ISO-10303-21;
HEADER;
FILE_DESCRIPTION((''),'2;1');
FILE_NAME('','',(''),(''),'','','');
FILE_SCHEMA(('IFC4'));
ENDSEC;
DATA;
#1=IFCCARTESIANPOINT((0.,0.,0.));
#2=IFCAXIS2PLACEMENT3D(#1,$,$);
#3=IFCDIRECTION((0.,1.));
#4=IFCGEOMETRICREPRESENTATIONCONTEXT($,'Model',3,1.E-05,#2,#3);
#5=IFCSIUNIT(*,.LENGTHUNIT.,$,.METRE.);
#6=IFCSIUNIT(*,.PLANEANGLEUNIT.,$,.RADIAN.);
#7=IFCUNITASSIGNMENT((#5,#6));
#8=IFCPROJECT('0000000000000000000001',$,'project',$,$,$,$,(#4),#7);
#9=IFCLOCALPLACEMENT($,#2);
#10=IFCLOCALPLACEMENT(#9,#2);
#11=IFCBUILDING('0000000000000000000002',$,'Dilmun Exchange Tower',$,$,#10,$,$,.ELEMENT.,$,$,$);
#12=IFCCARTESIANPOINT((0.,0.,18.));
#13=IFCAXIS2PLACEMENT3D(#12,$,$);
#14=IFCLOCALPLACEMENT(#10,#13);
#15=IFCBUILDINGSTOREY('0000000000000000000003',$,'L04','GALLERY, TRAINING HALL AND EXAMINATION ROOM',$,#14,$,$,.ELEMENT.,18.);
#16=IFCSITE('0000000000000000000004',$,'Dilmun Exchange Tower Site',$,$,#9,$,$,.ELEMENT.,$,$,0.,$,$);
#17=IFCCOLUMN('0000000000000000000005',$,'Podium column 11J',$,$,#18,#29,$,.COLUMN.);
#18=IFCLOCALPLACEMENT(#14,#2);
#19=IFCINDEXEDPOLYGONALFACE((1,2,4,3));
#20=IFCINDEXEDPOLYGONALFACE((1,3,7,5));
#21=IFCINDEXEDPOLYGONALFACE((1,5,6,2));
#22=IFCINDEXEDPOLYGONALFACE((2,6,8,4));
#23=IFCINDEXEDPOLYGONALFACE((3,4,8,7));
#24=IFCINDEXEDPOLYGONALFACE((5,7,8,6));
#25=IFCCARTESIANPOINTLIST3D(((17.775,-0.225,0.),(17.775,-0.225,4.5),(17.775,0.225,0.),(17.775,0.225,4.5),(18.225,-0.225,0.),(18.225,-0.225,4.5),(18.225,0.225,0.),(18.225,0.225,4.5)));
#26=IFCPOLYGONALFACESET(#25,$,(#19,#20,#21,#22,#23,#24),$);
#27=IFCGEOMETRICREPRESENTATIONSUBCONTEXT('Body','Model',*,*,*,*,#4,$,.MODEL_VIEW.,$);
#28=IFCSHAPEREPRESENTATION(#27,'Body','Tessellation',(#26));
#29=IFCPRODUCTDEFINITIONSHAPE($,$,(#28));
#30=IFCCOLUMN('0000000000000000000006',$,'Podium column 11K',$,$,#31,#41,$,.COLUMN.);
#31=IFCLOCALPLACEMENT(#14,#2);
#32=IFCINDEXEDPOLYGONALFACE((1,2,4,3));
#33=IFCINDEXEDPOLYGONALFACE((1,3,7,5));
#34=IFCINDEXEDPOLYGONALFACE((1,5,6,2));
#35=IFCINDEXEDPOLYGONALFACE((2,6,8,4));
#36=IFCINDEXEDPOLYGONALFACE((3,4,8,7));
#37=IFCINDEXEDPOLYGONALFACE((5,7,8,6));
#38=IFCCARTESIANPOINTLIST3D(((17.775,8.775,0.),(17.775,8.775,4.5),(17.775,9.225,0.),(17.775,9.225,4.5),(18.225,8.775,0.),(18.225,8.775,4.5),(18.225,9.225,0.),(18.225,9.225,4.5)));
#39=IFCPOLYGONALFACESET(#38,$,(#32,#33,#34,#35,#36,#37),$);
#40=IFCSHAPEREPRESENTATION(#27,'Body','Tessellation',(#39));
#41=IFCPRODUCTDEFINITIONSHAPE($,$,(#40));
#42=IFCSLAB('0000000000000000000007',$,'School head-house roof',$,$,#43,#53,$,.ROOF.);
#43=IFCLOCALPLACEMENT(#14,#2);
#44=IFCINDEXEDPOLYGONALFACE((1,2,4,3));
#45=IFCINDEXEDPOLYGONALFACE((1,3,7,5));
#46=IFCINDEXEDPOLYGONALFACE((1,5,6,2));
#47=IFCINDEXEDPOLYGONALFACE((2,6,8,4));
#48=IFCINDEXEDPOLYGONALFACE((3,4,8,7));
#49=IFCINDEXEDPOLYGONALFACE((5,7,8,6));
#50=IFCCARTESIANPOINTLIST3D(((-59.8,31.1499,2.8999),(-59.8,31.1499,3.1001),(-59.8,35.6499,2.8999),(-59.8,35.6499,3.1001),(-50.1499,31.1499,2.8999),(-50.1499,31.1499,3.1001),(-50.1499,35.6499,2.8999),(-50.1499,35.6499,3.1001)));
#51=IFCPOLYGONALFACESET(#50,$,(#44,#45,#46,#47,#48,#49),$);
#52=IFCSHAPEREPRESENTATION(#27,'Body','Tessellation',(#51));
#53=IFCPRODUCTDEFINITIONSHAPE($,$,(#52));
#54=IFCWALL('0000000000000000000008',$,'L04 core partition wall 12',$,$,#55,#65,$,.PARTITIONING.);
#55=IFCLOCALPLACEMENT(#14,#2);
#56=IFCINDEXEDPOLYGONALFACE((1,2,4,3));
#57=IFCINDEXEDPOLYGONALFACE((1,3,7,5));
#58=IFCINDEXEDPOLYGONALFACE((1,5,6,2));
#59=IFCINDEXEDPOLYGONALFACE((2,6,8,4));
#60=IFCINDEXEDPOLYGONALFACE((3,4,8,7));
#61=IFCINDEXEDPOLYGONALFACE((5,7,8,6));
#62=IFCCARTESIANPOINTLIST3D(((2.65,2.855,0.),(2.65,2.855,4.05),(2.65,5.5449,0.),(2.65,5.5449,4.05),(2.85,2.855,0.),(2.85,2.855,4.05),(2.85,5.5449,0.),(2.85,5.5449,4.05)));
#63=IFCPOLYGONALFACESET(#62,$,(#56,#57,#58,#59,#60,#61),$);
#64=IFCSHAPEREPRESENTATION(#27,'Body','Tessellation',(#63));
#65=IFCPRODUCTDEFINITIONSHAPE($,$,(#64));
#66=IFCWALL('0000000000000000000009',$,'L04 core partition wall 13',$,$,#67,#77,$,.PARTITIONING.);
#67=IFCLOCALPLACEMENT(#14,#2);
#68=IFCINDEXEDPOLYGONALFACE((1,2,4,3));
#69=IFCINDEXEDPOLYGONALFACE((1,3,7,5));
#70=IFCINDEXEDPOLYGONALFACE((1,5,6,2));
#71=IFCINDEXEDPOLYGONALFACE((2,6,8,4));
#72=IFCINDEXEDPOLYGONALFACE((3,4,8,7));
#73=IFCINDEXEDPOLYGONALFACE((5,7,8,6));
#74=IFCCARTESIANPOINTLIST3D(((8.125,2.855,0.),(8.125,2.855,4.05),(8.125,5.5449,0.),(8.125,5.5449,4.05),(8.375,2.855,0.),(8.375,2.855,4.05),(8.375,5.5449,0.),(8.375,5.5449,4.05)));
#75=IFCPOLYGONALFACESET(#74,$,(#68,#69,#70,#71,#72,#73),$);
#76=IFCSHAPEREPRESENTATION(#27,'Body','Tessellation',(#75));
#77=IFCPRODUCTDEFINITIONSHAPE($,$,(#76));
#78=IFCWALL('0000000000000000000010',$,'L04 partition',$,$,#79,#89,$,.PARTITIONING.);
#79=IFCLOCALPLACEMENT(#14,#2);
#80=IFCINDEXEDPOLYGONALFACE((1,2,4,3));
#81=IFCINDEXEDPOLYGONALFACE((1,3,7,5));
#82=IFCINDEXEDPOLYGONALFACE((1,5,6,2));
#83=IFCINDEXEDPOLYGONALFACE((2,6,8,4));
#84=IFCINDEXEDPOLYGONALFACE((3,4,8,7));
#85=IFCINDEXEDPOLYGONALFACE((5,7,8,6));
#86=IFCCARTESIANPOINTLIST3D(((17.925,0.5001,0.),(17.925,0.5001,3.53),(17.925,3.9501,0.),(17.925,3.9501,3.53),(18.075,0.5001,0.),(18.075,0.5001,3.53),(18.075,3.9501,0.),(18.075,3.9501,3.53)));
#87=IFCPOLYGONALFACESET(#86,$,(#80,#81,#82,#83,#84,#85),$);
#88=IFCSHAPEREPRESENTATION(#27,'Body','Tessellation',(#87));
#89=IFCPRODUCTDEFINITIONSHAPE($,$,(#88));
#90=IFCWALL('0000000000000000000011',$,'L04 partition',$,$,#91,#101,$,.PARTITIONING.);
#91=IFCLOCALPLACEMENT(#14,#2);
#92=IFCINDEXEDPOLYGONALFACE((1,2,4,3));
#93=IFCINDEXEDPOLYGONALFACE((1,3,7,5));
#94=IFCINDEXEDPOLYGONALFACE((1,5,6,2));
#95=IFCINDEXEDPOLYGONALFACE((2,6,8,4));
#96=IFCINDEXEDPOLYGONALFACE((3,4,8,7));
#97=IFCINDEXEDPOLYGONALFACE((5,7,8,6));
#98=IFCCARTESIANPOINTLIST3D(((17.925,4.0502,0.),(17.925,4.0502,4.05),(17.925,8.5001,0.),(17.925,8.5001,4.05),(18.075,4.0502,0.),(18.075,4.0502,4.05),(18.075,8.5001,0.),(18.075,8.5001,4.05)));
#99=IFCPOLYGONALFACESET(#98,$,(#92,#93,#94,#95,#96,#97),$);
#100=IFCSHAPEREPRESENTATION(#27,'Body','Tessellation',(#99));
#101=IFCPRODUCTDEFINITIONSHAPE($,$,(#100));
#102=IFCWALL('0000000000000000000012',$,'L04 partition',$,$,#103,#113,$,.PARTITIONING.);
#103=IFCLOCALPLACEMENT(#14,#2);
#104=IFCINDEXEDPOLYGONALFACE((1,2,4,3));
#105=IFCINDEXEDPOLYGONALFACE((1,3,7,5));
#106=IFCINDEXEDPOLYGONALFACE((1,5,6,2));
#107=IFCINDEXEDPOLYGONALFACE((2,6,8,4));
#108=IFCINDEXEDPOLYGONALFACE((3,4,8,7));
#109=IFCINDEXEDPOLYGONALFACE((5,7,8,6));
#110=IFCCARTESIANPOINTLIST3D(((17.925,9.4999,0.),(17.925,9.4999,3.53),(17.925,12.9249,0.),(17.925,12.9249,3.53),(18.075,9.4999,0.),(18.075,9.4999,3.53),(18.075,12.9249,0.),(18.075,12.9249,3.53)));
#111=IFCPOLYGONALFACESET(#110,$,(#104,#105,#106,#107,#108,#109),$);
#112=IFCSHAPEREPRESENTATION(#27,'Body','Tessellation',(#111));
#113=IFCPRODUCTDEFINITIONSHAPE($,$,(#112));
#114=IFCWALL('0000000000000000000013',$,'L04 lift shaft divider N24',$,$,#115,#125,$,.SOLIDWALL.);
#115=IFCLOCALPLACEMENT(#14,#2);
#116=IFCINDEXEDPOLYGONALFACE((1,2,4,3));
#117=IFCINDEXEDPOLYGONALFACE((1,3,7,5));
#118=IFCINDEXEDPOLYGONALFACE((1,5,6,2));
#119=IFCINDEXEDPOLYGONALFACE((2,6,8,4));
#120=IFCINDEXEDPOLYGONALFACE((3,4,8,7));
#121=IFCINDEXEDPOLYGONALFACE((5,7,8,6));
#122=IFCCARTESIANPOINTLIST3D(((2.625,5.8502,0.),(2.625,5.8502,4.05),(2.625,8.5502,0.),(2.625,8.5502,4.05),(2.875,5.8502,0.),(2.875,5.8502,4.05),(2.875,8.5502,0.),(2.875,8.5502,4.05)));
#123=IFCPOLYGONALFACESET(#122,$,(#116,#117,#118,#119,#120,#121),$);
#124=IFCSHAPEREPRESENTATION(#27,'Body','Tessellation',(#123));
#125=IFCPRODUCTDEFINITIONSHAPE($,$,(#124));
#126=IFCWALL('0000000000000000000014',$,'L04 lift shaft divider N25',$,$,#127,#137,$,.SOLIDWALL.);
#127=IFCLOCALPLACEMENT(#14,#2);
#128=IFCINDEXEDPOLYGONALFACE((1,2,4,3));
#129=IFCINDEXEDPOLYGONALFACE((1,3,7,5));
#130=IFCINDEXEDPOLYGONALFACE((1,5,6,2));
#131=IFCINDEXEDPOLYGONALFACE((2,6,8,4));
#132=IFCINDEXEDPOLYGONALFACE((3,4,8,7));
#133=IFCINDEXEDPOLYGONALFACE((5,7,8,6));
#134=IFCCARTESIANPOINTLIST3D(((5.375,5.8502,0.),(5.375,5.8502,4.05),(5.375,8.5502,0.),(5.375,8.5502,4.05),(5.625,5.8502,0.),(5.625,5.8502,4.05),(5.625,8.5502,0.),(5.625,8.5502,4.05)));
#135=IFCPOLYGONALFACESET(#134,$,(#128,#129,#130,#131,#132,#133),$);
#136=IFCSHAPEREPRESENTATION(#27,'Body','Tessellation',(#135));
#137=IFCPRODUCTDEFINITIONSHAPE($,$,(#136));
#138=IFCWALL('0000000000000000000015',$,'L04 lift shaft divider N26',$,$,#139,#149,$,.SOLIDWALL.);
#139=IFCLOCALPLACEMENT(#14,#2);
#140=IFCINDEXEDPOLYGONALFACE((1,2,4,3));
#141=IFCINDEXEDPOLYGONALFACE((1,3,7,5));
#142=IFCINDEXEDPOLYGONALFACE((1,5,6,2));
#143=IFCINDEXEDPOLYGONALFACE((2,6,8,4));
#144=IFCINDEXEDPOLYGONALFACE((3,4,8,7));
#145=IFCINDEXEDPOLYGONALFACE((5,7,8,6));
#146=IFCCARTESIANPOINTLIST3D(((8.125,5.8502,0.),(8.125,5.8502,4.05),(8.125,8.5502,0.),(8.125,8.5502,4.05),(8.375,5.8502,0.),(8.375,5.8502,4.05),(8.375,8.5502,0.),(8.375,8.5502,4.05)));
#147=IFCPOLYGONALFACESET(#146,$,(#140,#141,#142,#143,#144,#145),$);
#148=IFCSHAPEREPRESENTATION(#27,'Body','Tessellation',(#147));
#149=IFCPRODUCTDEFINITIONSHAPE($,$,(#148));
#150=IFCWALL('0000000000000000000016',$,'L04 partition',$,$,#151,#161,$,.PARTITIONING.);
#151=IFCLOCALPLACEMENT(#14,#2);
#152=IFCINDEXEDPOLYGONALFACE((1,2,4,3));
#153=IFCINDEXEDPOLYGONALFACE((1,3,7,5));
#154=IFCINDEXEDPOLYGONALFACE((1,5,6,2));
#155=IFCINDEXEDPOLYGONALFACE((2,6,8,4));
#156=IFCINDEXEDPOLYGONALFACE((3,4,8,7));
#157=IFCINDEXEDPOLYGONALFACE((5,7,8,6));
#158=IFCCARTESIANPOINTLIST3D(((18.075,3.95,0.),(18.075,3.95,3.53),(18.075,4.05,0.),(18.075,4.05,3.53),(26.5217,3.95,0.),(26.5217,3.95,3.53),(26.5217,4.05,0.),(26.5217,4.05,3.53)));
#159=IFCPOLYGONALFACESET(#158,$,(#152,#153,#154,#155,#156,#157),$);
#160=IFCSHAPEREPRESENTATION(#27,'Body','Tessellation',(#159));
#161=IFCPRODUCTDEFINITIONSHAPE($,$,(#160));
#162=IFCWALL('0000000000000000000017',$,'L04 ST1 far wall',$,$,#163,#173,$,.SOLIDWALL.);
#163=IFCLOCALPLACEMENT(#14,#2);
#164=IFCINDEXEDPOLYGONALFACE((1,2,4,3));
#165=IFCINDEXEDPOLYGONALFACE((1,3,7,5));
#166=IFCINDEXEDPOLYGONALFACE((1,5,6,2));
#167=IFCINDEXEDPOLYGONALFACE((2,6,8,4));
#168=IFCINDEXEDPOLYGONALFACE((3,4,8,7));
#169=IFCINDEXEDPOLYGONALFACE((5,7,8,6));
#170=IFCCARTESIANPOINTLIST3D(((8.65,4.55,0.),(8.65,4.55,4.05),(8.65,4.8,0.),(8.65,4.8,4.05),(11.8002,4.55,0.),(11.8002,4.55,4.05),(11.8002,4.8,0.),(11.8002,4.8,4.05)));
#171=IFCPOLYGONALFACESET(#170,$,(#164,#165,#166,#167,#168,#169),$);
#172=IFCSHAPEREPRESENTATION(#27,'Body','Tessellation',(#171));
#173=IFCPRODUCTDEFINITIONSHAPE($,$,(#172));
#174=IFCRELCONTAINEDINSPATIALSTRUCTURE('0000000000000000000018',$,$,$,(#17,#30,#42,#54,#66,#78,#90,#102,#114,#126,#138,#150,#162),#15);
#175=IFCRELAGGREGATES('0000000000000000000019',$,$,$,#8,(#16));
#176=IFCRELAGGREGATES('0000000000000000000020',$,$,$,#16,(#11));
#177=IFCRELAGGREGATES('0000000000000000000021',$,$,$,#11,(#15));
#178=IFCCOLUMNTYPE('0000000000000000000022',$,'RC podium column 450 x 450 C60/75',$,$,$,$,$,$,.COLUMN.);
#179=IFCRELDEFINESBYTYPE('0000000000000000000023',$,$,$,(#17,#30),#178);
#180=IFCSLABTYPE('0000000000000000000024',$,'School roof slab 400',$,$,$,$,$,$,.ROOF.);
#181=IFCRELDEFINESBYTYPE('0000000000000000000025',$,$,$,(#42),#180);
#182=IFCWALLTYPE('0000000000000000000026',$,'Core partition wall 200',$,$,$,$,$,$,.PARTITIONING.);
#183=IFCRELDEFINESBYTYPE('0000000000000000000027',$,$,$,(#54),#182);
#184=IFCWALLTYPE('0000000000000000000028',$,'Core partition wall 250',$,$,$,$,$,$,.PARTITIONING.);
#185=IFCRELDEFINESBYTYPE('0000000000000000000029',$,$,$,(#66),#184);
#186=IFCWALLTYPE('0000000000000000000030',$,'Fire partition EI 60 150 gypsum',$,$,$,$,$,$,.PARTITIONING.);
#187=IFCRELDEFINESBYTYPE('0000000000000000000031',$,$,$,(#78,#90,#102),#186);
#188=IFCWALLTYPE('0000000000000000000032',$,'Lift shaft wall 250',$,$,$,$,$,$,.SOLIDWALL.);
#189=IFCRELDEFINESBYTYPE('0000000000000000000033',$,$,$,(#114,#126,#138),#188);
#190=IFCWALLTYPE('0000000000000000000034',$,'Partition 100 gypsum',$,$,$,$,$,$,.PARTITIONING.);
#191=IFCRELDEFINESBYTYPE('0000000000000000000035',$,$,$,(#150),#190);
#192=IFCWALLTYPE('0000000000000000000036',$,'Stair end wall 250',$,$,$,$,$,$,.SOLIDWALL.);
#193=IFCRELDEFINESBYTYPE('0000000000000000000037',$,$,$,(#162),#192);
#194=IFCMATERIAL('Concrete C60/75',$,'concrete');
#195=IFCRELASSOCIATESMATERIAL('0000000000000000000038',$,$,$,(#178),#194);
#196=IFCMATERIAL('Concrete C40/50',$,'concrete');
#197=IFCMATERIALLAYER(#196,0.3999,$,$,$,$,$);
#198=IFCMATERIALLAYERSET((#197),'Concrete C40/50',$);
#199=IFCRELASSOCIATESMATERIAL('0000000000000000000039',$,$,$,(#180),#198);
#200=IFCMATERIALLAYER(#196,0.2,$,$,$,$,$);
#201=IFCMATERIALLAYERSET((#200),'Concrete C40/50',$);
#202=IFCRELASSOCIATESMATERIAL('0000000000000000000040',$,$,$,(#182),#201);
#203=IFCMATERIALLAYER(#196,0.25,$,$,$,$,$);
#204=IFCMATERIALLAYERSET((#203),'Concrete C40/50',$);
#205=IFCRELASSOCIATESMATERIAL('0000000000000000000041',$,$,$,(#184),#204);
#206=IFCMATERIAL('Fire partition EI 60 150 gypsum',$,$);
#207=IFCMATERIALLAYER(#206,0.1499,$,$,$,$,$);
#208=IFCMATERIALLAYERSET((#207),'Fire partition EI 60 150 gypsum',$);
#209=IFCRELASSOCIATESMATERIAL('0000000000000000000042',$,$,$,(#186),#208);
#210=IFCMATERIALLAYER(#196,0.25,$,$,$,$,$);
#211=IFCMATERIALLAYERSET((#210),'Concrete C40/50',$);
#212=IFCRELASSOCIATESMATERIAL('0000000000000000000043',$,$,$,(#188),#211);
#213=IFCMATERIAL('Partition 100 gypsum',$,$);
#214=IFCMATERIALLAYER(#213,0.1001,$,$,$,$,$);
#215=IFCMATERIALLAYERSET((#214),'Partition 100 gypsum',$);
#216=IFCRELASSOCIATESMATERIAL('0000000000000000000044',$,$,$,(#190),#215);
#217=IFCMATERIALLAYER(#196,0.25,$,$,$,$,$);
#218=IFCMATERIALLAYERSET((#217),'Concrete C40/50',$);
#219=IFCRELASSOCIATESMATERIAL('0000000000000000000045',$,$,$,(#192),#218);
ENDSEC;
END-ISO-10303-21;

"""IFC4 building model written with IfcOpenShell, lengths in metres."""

from ifc_helpers import new_model, si_unit, direction, frame, frame_2d, origin, origin_2d, place, context, subcontext, project, spatial, polyline, rectangle, outline, extrude, material, layer, layer_set, material_profile, profile_set, type_object, element, save


model = new_model("IFC4")

# Units and contexts
model_context = context("Model", 3, precision=1e-05, world=origin(), true_north=direction((0.0, 1.0)))
body_context = subcontext(model_context, "Body", "Model", "MODEL_VIEW")
ifc_project = project(units=[si_unit("LENGTHUNIT", "METRE"), si_unit("PLANEANGLEUNIT", "RADIAN")], contexts=[model_context])

# Site, building, storey
site_placement = place(None, origin())
site = spatial("IfcSite", under=ifc_project, at=site_placement, Name="Dilmun Exchange Tower Site", CompositionType="ELEMENT", RefElevation=0.0)
building_placement = place(site_placement, origin())
building = spatial("IfcBuilding", under=site, at=building_placement, Name="Dilmun Exchange Tower", CompositionType="ELEMENT")
storey_placement = place(building_placement, frame((0.0, 0.0, 18.0)))
storey = spatial("IfcBuildingStorey", under=building, at=storey_placement, Name="L04", Description="GALLERY, TRAINING HALL AND EXAMINATION ROOM", CompositionType="ELEMENT", Elevation=18.0)

# Columns
ifc_material_1 = material(Name="Concrete C60/75", Category="concrete")
ifc_material_profile = material_profile(ifc_material_1, rectangle(XDim=0.45, YDim=0.45, at=origin_2d()), Name="450 x 450")
ifc_profile_set = profile_set([ifc_material_profile], Name="Concrete C60/75")
column_type = type_object("IfcColumnType", Name="RC podium column 450 x 450 C60/75", PredefinedType="COLUMN", material=ifc_profile_set)
for number, where, z_axis, x_axis, name in (
    (1, (18.0, 0.0, 0.0), (0.0, 0.0, 1.0), (1.0, 0.0, 0.0), "Podium column 11J"),
    (2, (18.0, 9.0, 0.0), (0.0, 0.0, 1.0), (1.0, 0.0, 0.0), "Podium column 11K"),
):
    element("IfcColumn", number, at=place(storey_placement, frame(where, z_axis=z_axis, x_axis=x_axis)), inside=storey, type_object=column_type, Name=name, PredefinedType="COLUMN", context=body_context, shape_type="SweptSolid", body=[
        extrude(rectangle(XDim=0.45, YDim=0.45, at=origin_2d()), origin(), (0.0, 0.0, 1.0), 4.5),
    ])

# Slab
ifc_material_2 = material(Name="Concrete C40/50", Category="concrete")
ifc_layer_1 = layer(ifc_material_2, 0.3999)
ifc_layer_set_1 = layer_set([ifc_layer_1], Name="Concrete C40/50")
slab_type = type_object("IfcSlabType", Name="School roof slab 400", PredefinedType="ROOF", material=ifc_layer_set_1)
slab_placement = place(storey_placement, frame((0.0, 0.0, 2.8999)))
element("IfcSlab", 3, at=slab_placement, inside=storey, type_object=slab_type, Name="School head-house roof", PredefinedType="ROOF", context=body_context, shape_type="SweptSolid", body=[
    extrude(outline(polyline([(-59.8, 31.1499), (-59.8, 35.6499), (-50.1499, 35.6499), (-50.1499, 31.1499), (-59.8, 31.1499)])), origin(), (0.0, 0.0, 1.0), 0.2002),
])

# Walls
ifc_layer_2 = layer(ifc_material_2, 0.2)
ifc_layer_set_2 = layer_set([ifc_layer_2], Name="Concrete C40/50")
wall_type_1 = type_object("IfcWallType", Name="Core partition wall 200", PredefinedType="PARTITIONING", material=ifc_layer_set_2)
wall_1_placement = place(storey_placement, frame((2.75, 2.855, 0.0), z_axis=(0.0, 0.0, 1.0), x_axis=(0.0, 1.0, 0.0)))
element("IfcWall", 4, at=wall_1_placement, inside=storey, type_object=wall_type_1, Name="L04 core partition wall 12", PredefinedType="PARTITIONING", context=body_context, shape_type="SweptSolid", body=[
    extrude(rectangle(XDim=2.6899, YDim=0.2, at=frame_2d((1.345, 0.0))), origin(), (0.0, 0.0, 1.0), 4.05),
])
ifc_layer_3 = layer(ifc_material_2, 0.25)
ifc_layer_set_3 = layer_set([ifc_layer_3], Name="Concrete C40/50")
wall_type_2 = type_object("IfcWallType", Name="Core partition wall 250", PredefinedType="PARTITIONING", material=ifc_layer_set_3)
wall_2_placement = place(storey_placement, frame((8.25, 2.855, 0.0), z_axis=(0.0, 0.0, 1.0), x_axis=(0.0, 1.0, 0.0)))
element("IfcWall", 5, at=wall_2_placement, inside=storey, type_object=wall_type_2, Name="L04 core partition wall 13", PredefinedType="PARTITIONING", context=body_context, shape_type="SweptSolid", body=[
    extrude(rectangle(XDim=2.6899, YDim=0.25, at=frame_2d((1.345, 0.0))), origin(), (0.0, 0.0, 1.0), 4.05),
])
ifc_material_3 = material(Name="Fire partition EI 60 150 gypsum")
ifc_layer_4 = layer(ifc_material_3, 0.1499)
ifc_layer_set_4 = layer_set([ifc_layer_4], Name="Fire partition EI 60 150 gypsum")
wall_type_3 = type_object("IfcWallType", Name="Fire partition EI 60 150 gypsum", PredefinedType="PARTITIONING", material=ifc_layer_set_4)
wall_3_placement = place(storey_placement, frame((18.0, 0.5, 0.0), z_axis=(0.0, 0.0, 1.0), x_axis=(0.0, 1.0, 0.0)))
element("IfcWall", 6, at=wall_3_placement, inside=storey, type_object=wall_type_3, Name="L04 partition", PredefinedType="PARTITIONING", context=body_context, shape_type="SweptSolid", body=[
    extrude(rectangle(XDim=3.45, YDim=0.1499, at=frame_2d((1.7251, 0.0))), origin(), (0.0, 0.0, 1.0), 3.53),
])
wall_4_placement = place(storey_placement, frame((18.0, 4.05, 0.0), z_axis=(0.0, 0.0, 1.0), x_axis=(0.0, 1.0, 0.0)))
element("IfcWall", 7, at=wall_4_placement, inside=storey, type_object=wall_type_3, Name="L04 partition", PredefinedType="PARTITIONING", context=body_context, shape_type="SweptSolid", body=[
    extrude(rectangle(XDim=4.45, YDim=0.1499, at=frame_2d((2.2251, 0.0))), origin(), (0.0, 0.0, 1.0), 4.05),
])
wall_5_placement = place(storey_placement, frame((18.0, 9.5, 0.0), z_axis=(0.0, 0.0, 1.0), x_axis=(0.0, 1.0, 0.0)))
element("IfcWall", 8, at=wall_5_placement, inside=storey, type_object=wall_type_3, Name="L04 partition", PredefinedType="PARTITIONING", context=body_context, shape_type="SweptSolid", body=[
    extrude(rectangle(XDim=3.425, YDim=0.1499, at=frame_2d((1.7124, 0.0))), origin(), (0.0, 0.0, 1.0), 3.53),
])
ifc_layer_5 = layer(ifc_material_2, 0.25)
ifc_layer_set_5 = layer_set([ifc_layer_5], Name="Concrete C40/50")
wall_type_4 = type_object("IfcWallType", Name="Lift shaft wall 250", PredefinedType="SOLIDWALL", material=ifc_layer_set_5)
for number, where, z_axis, x_axis, name in (
    (9, (2.75, 5.8501, 0.0), (0.0, 0.0, 1.0), (0.0, 1.0, 0.0), "L04 lift shaft divider N24"),
    (10, (5.5, 5.8501, 0.0), (0.0, 0.0, 1.0), (0.0, 1.0, 0.0), "L04 lift shaft divider N25"),
    (11, (8.25, 5.8501, 0.0), (0.0, 0.0, 1.0), (0.0, 1.0, 0.0), "L04 lift shaft divider N26"),
):
    element("IfcWall", number, at=place(storey_placement, frame(where, z_axis=z_axis, x_axis=x_axis)), inside=storey, type_object=wall_type_4, Name=name, PredefinedType="SOLIDWALL", context=body_context, shape_type="SweptSolid", body=[
        extrude(rectangle(XDim=2.7, YDim=0.25, at=frame_2d((1.3501, 0.0))), origin(), (0.0, 0.0, 1.0), 4.05),
    ])
ifc_material_4 = material(Name="Partition 100 gypsum")
ifc_layer_6 = layer(ifc_material_4, 0.1001)
ifc_layer_set_6 = layer_set([ifc_layer_6], Name="Partition 100 gypsum")
wall_type_5 = type_object("IfcWallType", Name="Partition 100 gypsum", PredefinedType="PARTITIONING", material=ifc_layer_set_6)
wall_6_placement = place(storey_placement, frame((18.075, 4.0, 0.0), z_axis=(0.0, 0.0, 1.0), x_axis=(1.0, 0.0, 0.0)))
element("IfcWall", 12, at=wall_6_placement, inside=storey, type_object=wall_type_5, Name="L04 partition", PredefinedType="PARTITIONING", context=body_context, shape_type="SweptSolid", body=[
    extrude(rectangle(XDim=8.4468, YDim=0.1001, at=frame_2d((4.2234, 0.0))), origin(), (0.0, 0.0, 1.0), 3.53),
])
ifc_layer_7 = layer(ifc_material_2, 0.25)
ifc_layer_set_7 = layer_set([ifc_layer_7], Name="Concrete C40/50")
wall_type_6 = type_object("IfcWallType", Name="Stair end wall 250", PredefinedType="SOLIDWALL", material=ifc_layer_set_7)
wall_7_placement = place(storey_placement, frame((8.6499, 4.675, 0.0), z_axis=(0.0, 0.0, 1.0), x_axis=(1.0, 0.0, 0.0)))
element("IfcWall", 13, at=wall_7_placement, inside=storey, type_object=wall_type_6, Name="L04 ST1 far wall", PredefinedType="SOLIDWALL", context=body_context, shape_type="SweptSolid", body=[
    extrude(rectangle(XDim=3.1501, YDim=0.25, at=frame_2d((1.5752, 0.0))), origin(), (0.0, 0.0, 1.0), 4.05),
])

save(model, "model.ifc")
